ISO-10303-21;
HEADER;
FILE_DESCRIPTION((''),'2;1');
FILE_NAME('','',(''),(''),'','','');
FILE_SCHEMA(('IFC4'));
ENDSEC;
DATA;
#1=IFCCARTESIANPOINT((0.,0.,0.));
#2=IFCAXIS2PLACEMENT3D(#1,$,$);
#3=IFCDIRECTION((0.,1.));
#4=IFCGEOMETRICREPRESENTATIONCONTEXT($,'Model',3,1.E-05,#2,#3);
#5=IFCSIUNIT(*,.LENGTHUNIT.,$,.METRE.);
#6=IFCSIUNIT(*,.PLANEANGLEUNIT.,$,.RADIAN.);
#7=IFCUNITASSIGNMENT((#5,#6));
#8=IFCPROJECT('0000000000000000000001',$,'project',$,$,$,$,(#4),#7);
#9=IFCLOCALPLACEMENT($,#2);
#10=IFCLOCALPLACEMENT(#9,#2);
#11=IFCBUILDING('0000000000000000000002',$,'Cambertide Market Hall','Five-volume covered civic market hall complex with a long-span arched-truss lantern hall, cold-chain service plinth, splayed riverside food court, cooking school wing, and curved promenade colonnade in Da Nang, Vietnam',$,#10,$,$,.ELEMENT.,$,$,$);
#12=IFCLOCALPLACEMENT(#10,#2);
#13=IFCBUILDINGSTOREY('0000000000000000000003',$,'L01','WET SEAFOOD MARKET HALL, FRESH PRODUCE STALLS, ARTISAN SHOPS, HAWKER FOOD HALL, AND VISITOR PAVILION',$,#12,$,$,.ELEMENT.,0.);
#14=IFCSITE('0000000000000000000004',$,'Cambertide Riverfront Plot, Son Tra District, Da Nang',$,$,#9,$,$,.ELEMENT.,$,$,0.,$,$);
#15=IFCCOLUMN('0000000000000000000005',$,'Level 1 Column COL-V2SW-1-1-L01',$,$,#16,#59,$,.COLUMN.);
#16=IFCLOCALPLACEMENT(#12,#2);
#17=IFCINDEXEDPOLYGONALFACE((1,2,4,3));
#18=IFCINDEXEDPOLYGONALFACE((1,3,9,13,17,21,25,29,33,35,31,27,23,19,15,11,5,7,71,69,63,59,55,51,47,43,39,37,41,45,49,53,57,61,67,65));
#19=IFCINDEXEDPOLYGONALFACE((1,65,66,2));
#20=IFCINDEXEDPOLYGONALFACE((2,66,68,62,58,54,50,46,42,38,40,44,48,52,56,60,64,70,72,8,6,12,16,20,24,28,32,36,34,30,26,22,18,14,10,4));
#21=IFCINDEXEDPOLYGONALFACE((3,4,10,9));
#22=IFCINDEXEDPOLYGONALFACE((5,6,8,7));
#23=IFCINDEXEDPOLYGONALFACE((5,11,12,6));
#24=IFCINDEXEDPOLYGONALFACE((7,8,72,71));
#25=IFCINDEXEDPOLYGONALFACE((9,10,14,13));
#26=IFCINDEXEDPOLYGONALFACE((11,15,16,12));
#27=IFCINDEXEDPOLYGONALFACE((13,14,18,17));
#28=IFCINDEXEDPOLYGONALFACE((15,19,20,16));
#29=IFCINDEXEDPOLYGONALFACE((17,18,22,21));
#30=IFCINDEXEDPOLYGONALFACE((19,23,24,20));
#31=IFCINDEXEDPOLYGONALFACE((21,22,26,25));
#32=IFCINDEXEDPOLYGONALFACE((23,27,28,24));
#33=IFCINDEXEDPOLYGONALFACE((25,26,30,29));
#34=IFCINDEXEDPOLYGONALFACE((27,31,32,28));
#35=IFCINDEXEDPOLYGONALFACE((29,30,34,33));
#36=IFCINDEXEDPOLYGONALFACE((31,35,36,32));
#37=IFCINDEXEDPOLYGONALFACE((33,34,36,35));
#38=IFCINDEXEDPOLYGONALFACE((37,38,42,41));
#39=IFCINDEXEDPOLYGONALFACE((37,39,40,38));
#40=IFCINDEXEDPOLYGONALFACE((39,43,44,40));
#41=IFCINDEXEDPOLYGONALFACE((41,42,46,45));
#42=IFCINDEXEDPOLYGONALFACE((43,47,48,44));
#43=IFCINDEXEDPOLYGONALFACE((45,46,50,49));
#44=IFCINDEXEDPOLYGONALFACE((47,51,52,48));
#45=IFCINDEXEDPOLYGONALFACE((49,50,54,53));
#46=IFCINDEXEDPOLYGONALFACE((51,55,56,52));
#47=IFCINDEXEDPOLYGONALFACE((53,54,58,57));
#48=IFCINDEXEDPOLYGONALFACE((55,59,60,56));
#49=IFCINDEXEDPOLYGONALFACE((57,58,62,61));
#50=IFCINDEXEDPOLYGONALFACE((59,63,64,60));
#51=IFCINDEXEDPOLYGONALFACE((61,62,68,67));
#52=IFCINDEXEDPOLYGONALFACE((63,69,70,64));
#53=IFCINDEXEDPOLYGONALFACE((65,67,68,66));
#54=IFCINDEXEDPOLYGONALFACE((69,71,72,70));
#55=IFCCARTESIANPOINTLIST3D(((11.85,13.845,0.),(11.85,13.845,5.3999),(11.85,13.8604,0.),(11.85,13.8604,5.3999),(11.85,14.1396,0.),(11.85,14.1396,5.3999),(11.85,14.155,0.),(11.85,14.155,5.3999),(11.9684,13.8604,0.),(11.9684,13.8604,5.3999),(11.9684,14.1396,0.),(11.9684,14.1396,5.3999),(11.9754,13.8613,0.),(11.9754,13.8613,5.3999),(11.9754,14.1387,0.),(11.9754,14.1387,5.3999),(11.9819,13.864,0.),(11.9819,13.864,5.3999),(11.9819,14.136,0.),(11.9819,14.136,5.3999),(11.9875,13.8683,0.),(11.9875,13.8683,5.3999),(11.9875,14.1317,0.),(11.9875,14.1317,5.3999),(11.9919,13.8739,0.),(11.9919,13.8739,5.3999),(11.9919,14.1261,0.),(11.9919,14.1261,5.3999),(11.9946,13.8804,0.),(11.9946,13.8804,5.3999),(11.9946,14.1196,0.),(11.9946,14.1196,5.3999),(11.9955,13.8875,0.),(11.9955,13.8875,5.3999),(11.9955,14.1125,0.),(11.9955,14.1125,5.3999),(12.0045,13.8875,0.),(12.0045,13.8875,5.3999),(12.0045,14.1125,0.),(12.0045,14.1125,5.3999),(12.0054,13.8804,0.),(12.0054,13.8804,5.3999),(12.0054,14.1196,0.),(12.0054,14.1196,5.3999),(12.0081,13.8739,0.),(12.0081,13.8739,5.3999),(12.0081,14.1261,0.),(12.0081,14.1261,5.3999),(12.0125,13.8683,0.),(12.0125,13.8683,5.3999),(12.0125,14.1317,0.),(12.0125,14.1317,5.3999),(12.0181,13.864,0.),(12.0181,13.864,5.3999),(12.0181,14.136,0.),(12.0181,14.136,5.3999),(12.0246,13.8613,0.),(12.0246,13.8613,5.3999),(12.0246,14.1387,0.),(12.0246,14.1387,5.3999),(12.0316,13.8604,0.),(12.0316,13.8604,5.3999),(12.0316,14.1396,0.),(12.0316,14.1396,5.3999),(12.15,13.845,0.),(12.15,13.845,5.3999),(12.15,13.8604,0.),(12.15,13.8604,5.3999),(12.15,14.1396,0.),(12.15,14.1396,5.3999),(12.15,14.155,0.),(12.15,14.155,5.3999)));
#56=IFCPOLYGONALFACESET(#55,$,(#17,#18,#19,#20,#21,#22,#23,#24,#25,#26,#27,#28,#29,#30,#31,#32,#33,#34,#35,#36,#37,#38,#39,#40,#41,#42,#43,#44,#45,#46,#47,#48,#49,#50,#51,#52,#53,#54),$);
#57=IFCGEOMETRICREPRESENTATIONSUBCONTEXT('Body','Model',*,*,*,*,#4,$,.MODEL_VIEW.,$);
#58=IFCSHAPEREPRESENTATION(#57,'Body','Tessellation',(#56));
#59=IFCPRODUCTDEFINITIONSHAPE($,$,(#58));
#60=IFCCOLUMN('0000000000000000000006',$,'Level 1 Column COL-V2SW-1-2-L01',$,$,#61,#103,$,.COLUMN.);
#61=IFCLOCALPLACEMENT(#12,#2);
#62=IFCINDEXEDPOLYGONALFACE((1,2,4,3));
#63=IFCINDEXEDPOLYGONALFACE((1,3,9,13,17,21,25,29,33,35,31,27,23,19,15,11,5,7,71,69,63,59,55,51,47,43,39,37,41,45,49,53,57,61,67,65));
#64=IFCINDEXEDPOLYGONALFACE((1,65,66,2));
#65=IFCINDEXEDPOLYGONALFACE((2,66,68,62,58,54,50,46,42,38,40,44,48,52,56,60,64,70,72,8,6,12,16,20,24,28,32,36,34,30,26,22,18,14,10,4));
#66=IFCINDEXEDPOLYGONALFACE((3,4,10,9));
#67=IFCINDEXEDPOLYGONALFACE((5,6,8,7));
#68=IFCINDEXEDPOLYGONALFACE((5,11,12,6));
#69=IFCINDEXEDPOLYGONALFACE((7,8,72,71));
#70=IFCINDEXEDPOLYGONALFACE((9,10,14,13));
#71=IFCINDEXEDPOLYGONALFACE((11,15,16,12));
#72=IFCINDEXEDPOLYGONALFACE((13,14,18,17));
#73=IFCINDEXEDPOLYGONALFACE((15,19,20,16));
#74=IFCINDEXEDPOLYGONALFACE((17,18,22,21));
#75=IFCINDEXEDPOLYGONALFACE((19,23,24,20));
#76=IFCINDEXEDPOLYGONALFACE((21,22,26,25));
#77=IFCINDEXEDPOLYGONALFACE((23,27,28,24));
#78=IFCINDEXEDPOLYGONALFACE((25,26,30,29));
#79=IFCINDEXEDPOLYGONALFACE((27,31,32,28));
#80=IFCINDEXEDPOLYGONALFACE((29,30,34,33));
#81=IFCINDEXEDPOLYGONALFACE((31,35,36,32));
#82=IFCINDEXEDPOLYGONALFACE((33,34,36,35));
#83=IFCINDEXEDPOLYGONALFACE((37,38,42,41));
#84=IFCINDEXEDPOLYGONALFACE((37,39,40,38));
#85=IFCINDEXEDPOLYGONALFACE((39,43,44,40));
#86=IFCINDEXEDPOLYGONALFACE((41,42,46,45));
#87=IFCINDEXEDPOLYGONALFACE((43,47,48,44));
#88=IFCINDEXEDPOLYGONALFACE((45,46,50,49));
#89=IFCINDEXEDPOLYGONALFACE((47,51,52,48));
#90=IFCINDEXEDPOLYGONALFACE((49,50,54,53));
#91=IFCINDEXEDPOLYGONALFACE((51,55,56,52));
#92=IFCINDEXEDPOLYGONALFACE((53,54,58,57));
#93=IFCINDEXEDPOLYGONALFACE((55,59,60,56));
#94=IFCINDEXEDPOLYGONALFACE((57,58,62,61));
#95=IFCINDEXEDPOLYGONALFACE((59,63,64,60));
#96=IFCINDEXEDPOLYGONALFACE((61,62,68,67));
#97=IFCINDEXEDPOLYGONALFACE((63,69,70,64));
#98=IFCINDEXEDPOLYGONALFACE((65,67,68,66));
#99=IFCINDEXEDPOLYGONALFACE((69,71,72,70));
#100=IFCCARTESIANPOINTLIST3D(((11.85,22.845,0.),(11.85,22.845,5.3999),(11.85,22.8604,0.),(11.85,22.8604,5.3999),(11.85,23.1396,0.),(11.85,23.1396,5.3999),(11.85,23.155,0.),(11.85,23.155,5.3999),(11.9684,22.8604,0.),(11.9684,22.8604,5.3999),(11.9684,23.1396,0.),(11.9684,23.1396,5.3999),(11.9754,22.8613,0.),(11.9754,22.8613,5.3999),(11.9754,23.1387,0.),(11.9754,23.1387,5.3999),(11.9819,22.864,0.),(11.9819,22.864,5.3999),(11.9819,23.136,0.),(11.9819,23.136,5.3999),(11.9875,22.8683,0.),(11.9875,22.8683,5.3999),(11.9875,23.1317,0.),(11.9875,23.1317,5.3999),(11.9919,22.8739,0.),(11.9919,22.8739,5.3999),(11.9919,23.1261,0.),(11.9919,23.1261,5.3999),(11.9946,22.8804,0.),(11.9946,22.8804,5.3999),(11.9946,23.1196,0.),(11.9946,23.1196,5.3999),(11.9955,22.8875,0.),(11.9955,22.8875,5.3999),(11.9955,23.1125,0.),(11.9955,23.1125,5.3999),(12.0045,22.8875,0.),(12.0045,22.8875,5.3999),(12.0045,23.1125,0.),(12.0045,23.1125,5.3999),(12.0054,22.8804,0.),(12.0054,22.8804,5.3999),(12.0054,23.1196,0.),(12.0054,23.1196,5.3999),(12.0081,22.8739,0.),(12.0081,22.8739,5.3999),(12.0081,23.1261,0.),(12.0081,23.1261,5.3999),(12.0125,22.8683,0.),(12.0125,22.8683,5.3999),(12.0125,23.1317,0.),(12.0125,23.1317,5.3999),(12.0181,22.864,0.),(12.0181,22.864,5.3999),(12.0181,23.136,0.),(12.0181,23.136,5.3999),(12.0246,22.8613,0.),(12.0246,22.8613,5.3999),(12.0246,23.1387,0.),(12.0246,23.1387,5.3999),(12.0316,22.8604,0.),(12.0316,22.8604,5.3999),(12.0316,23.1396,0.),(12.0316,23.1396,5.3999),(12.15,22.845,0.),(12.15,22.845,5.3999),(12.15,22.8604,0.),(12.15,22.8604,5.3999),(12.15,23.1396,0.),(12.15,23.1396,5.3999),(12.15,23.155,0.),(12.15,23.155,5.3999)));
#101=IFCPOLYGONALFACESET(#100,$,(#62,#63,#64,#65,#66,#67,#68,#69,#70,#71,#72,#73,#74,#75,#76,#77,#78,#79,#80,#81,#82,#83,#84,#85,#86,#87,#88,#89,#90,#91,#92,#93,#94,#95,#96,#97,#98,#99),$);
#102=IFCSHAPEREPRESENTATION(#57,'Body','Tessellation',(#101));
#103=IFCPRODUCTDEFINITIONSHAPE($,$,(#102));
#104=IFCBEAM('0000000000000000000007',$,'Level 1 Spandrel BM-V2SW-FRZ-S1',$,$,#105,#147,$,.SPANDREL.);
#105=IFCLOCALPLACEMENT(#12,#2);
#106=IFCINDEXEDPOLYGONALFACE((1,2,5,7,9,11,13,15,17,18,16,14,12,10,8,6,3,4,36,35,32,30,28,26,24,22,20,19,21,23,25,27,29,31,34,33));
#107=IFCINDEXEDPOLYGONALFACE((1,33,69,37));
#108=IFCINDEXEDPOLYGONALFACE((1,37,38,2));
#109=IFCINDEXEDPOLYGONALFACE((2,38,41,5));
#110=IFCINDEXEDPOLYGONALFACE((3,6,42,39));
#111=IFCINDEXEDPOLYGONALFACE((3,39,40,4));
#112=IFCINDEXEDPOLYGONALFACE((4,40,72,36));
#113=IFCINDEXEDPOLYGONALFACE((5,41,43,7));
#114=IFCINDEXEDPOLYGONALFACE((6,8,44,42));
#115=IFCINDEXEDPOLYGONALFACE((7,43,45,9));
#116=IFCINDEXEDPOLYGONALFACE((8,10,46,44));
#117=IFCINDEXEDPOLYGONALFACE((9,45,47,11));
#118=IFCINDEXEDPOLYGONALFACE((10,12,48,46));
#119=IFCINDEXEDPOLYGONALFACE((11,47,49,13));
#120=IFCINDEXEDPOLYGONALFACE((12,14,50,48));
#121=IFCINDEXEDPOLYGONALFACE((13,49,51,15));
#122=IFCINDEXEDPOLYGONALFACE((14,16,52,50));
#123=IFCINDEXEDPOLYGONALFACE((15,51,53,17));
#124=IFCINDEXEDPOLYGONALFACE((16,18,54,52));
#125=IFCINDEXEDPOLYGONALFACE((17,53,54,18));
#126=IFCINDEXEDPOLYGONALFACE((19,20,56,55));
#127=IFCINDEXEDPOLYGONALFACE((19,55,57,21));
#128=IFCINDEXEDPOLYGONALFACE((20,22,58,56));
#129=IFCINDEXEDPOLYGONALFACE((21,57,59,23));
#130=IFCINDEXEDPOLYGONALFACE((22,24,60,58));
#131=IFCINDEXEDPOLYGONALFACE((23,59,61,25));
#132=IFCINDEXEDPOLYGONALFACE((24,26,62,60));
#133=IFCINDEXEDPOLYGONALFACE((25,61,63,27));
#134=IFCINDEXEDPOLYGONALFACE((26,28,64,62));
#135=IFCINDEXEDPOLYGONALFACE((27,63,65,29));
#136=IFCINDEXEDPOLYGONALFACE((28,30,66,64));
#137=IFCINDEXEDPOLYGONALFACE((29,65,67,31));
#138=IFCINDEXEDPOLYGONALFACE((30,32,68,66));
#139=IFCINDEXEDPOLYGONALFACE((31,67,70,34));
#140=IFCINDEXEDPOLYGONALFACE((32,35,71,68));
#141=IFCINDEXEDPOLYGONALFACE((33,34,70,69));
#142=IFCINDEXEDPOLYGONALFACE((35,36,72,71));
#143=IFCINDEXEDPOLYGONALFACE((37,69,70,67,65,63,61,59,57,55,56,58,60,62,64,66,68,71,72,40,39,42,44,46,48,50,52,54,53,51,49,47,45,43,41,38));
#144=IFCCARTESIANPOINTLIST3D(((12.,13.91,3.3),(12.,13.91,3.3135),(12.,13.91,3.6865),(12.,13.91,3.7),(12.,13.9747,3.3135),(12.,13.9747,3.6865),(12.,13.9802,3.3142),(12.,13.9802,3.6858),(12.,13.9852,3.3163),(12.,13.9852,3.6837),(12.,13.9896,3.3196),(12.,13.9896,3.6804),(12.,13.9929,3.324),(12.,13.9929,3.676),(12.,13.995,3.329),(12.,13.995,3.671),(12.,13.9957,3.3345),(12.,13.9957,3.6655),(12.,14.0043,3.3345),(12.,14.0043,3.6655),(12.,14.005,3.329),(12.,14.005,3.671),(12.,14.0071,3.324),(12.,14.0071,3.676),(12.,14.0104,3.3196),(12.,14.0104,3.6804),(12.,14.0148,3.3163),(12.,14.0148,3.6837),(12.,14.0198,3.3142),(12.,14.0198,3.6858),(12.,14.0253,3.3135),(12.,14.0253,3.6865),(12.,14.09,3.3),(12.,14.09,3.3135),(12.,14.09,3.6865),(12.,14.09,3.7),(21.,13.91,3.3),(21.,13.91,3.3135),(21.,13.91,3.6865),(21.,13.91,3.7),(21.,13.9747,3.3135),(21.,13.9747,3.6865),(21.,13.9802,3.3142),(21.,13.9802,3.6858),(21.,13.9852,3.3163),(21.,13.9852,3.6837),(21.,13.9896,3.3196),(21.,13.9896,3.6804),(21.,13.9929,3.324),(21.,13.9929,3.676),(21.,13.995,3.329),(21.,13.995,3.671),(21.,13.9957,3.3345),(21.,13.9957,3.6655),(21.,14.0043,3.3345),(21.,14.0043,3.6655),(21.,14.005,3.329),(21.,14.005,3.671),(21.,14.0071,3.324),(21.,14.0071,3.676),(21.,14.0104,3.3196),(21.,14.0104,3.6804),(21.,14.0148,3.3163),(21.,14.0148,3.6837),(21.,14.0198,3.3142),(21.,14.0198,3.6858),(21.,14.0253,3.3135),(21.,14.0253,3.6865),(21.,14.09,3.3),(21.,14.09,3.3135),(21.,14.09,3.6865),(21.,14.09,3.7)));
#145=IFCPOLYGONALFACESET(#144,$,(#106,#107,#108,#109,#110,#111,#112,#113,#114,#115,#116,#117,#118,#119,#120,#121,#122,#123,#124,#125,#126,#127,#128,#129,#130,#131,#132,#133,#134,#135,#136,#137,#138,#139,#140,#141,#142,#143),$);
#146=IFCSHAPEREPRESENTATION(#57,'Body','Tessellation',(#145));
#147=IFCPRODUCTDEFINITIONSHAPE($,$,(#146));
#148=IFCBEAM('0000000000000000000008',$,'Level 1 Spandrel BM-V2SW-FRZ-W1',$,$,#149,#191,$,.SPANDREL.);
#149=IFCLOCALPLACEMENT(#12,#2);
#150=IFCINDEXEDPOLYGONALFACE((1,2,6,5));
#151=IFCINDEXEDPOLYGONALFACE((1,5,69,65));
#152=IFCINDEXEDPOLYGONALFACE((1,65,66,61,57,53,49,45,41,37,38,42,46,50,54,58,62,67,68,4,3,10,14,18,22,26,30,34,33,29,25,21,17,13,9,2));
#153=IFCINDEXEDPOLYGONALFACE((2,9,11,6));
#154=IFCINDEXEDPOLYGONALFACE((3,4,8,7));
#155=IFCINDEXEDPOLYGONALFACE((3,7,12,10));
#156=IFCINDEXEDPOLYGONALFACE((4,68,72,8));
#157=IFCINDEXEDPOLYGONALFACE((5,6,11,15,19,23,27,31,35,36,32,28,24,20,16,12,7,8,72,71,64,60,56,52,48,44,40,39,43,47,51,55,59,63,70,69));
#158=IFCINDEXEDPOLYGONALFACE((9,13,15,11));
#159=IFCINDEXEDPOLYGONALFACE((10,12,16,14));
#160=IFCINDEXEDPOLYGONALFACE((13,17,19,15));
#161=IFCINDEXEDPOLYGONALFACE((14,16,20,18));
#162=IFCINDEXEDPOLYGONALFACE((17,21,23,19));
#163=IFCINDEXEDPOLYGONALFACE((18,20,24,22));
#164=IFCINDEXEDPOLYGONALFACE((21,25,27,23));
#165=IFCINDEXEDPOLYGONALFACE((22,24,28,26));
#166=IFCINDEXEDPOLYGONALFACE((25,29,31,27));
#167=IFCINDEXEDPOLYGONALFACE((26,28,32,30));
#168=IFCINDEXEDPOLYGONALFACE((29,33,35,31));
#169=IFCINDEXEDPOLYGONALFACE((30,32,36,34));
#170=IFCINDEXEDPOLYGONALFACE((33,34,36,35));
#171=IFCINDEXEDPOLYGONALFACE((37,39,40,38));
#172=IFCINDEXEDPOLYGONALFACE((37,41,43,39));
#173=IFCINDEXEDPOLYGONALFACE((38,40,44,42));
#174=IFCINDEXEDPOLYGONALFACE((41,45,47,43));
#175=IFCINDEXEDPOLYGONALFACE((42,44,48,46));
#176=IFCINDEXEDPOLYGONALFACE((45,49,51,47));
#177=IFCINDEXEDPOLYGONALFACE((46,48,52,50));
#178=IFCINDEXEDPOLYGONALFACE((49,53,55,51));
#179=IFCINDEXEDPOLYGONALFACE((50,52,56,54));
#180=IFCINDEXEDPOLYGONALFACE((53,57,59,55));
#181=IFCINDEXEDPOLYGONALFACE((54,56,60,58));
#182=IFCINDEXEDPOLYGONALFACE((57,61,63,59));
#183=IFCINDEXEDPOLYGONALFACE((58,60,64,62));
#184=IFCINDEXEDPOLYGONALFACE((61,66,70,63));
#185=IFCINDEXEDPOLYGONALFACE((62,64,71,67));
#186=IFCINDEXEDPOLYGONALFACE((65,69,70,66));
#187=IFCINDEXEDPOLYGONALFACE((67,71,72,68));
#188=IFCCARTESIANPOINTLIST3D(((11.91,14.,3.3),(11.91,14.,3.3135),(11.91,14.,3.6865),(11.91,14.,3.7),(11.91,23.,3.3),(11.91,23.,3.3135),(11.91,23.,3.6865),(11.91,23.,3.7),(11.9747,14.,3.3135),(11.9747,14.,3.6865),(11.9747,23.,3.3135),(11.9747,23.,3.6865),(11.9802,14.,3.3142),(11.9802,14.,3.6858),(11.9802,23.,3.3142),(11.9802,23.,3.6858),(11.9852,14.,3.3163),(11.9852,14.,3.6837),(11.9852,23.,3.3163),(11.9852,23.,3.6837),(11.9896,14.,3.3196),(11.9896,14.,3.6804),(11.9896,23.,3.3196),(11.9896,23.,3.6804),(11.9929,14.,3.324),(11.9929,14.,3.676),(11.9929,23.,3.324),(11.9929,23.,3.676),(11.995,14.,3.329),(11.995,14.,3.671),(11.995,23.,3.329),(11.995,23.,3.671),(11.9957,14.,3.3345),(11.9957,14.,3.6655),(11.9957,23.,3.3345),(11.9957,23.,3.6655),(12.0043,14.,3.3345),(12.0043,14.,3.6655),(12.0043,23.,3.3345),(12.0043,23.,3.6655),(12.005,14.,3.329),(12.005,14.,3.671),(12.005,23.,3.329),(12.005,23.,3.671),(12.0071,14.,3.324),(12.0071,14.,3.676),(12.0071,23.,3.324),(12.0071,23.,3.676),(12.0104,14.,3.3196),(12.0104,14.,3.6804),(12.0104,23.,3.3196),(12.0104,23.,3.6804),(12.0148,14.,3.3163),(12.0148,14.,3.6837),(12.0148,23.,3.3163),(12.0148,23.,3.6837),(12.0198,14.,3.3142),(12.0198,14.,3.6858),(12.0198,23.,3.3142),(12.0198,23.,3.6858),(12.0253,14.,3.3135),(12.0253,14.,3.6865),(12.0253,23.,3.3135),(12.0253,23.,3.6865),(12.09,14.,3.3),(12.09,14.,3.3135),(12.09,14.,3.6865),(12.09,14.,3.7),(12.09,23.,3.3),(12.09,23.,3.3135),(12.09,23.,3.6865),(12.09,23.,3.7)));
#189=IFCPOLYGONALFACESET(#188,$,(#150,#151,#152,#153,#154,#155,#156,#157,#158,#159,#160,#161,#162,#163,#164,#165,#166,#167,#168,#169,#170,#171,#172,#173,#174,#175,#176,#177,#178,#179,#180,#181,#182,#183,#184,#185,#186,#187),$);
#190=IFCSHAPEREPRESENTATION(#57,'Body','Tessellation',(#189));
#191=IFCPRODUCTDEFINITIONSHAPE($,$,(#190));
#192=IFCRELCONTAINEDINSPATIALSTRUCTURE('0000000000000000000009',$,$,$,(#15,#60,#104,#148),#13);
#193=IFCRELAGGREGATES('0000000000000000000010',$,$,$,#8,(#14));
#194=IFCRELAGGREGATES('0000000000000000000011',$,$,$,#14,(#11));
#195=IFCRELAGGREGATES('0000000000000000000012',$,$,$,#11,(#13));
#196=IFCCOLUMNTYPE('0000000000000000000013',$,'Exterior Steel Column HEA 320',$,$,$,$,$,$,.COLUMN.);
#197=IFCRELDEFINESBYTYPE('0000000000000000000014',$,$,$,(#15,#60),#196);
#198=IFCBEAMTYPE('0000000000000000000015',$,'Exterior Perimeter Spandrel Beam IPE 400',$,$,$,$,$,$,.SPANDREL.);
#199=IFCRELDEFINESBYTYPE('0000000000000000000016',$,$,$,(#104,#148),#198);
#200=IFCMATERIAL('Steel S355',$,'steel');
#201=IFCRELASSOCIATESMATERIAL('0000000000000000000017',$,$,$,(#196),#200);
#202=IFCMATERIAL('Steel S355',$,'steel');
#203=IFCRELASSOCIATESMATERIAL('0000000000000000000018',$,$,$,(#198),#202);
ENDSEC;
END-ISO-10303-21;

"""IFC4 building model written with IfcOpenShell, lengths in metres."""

from ifc_helpers import new_model, si_unit, direction, frame, origin, origin_2d, place, context, subcontext, project, spatial, i_section, extrude, material, material_profile, profile_set, type_object, element, save


model = new_model("IFC4")

# Units and contexts
model_context = context("Model", 3, precision=1e-05, world=origin(), true_north=direction((0.0, 1.0)))
body_context = subcontext(model_context, "Body", "Model", "MODEL_VIEW")
ifc_project = project(units=[si_unit("LENGTHUNIT", "METRE"), si_unit("PLANEANGLEUNIT", "RADIAN")], contexts=[model_context])

# Site, building, storey
site_placement = place(None, origin())
site = spatial("IfcSite", under=ifc_project, at=site_placement, Name="Cambertide Riverfront Plot, Son Tra District, Da Nang", CompositionType="ELEMENT", RefElevation=0.0)
building_placement = place(site_placement, origin())
building = spatial("IfcBuilding", under=site, at=building_placement, Name="Cambertide Market Hall", Description="Five-volume covered civic market hall complex with a long-span arched-truss lantern hall, cold-chain service plinth, splayed riverside food court, cooking school wing, and curved promenade colonnade in Da Nang, Vietnam", CompositionType="ELEMENT")
storey_placement = place(building_placement, origin())
storey = spatial("IfcBuildingStorey", under=building, at=storey_placement, Name="L01", Description="WET SEAFOOD MARKET HALL, FRESH PRODUCE STALLS, ARTISAN SHOPS, HAWKER FOOD HALL, AND VISITOR PAVILION", CompositionType="ELEMENT", Elevation=0.0)

# Columns
ifc_material_1 = material(Name="Steel S355", Category="steel")
ifc_material_profile_1 = material_profile(ifc_material_1, i_section(OverallWidth=0.3, OverallDepth=0.3101, WebThickness=0.009, FlangeThickness=0.0154, FilletRadius=0.0271, at=origin_2d()), Name="HEA 320")
ifc_profile_set_1 = profile_set([ifc_material_profile_1], Name="Steel S355")
column_type = type_object("IfcColumnType", Name="Exterior Steel Column HEA 320", PredefinedType="COLUMN", material=ifc_profile_set_1)
for number, where, z_axis, x_axis, name in (
    (1, (12.0, 14.0, 0.0), (0.0, 0.0, 1.0), (1.0, 0.0, 0.0), "Level 1 Column COL-V2SW-1-1-L01"),
    (2, (12.0, 23.0, 0.0), (0.0, 0.0, 1.0), (1.0, 0.0, 0.0), "Level 1 Column COL-V2SW-1-2-L01"),
):
    element("IfcColumn", number, at=place(storey_placement, frame(where, z_axis=z_axis, x_axis=x_axis)), inside=storey, type_object=column_type, Name=name, PredefinedType="COLUMN", context=body_context, shape_type="SweptSolid", body=[
        extrude(i_section(OverallWidth=0.3, OverallDepth=0.3101, WebThickness=0.009, FlangeThickness=0.0154, FilletRadius=0.0271, at=origin_2d()), origin(), (0.0, 0.0, 1.0), 5.3999),
    ])

# Beams
ifc_material_2 = material(Name="Steel S355", Category="steel")
ifc_material_profile_2 = material_profile(ifc_material_2, i_section(OverallWidth=0.1799, OverallDepth=0.3999, WebThickness=0.0085, FlangeThickness=0.0134, FilletRadius=0.021, at=origin_2d()), Name="IPE 400")
ifc_profile_set_2 = profile_set([ifc_material_profile_2], Name="Steel S355")
beam_type_1 = type_object("IfcBeamType", Name="Exterior Perimeter Spandrel Beam IPE 400", PredefinedType="SPANDREL", material=ifc_profile_set_2)
for number, where, z_axis, x_axis, name in (
    (3, (12.0, 14.0, 3.5), (1.0, 0.0, 0.0), (0.0, 1.0, 0.0), "Level 1 Spandrel BM-V2SW-FRZ-S1"),
    (4, (12.0, 14.0, 3.5), (0.0, 1.0, 0.0), (-1.0, 0.0, 0.0), "Level 1 Spandrel BM-V2SW-FRZ-W1"),
):
    element("IfcBeam", number, at=place(storey_placement, frame(where, z_axis=z_axis, x_axis=x_axis)), inside=storey, type_object=beam_type_1, Name=name, PredefinedType="SPANDREL", context=body_context, shape_type="SweptSolid", body=[
        extrude(i_section(OverallWidth=0.1799, OverallDepth=0.3999, WebThickness=0.0085, FlangeThickness=0.0134, FilletRadius=0.021, at=origin_2d()), origin(), (0.0, 0.0, 1.0), 9.0),
    ])

save(model, "model.ifc")
